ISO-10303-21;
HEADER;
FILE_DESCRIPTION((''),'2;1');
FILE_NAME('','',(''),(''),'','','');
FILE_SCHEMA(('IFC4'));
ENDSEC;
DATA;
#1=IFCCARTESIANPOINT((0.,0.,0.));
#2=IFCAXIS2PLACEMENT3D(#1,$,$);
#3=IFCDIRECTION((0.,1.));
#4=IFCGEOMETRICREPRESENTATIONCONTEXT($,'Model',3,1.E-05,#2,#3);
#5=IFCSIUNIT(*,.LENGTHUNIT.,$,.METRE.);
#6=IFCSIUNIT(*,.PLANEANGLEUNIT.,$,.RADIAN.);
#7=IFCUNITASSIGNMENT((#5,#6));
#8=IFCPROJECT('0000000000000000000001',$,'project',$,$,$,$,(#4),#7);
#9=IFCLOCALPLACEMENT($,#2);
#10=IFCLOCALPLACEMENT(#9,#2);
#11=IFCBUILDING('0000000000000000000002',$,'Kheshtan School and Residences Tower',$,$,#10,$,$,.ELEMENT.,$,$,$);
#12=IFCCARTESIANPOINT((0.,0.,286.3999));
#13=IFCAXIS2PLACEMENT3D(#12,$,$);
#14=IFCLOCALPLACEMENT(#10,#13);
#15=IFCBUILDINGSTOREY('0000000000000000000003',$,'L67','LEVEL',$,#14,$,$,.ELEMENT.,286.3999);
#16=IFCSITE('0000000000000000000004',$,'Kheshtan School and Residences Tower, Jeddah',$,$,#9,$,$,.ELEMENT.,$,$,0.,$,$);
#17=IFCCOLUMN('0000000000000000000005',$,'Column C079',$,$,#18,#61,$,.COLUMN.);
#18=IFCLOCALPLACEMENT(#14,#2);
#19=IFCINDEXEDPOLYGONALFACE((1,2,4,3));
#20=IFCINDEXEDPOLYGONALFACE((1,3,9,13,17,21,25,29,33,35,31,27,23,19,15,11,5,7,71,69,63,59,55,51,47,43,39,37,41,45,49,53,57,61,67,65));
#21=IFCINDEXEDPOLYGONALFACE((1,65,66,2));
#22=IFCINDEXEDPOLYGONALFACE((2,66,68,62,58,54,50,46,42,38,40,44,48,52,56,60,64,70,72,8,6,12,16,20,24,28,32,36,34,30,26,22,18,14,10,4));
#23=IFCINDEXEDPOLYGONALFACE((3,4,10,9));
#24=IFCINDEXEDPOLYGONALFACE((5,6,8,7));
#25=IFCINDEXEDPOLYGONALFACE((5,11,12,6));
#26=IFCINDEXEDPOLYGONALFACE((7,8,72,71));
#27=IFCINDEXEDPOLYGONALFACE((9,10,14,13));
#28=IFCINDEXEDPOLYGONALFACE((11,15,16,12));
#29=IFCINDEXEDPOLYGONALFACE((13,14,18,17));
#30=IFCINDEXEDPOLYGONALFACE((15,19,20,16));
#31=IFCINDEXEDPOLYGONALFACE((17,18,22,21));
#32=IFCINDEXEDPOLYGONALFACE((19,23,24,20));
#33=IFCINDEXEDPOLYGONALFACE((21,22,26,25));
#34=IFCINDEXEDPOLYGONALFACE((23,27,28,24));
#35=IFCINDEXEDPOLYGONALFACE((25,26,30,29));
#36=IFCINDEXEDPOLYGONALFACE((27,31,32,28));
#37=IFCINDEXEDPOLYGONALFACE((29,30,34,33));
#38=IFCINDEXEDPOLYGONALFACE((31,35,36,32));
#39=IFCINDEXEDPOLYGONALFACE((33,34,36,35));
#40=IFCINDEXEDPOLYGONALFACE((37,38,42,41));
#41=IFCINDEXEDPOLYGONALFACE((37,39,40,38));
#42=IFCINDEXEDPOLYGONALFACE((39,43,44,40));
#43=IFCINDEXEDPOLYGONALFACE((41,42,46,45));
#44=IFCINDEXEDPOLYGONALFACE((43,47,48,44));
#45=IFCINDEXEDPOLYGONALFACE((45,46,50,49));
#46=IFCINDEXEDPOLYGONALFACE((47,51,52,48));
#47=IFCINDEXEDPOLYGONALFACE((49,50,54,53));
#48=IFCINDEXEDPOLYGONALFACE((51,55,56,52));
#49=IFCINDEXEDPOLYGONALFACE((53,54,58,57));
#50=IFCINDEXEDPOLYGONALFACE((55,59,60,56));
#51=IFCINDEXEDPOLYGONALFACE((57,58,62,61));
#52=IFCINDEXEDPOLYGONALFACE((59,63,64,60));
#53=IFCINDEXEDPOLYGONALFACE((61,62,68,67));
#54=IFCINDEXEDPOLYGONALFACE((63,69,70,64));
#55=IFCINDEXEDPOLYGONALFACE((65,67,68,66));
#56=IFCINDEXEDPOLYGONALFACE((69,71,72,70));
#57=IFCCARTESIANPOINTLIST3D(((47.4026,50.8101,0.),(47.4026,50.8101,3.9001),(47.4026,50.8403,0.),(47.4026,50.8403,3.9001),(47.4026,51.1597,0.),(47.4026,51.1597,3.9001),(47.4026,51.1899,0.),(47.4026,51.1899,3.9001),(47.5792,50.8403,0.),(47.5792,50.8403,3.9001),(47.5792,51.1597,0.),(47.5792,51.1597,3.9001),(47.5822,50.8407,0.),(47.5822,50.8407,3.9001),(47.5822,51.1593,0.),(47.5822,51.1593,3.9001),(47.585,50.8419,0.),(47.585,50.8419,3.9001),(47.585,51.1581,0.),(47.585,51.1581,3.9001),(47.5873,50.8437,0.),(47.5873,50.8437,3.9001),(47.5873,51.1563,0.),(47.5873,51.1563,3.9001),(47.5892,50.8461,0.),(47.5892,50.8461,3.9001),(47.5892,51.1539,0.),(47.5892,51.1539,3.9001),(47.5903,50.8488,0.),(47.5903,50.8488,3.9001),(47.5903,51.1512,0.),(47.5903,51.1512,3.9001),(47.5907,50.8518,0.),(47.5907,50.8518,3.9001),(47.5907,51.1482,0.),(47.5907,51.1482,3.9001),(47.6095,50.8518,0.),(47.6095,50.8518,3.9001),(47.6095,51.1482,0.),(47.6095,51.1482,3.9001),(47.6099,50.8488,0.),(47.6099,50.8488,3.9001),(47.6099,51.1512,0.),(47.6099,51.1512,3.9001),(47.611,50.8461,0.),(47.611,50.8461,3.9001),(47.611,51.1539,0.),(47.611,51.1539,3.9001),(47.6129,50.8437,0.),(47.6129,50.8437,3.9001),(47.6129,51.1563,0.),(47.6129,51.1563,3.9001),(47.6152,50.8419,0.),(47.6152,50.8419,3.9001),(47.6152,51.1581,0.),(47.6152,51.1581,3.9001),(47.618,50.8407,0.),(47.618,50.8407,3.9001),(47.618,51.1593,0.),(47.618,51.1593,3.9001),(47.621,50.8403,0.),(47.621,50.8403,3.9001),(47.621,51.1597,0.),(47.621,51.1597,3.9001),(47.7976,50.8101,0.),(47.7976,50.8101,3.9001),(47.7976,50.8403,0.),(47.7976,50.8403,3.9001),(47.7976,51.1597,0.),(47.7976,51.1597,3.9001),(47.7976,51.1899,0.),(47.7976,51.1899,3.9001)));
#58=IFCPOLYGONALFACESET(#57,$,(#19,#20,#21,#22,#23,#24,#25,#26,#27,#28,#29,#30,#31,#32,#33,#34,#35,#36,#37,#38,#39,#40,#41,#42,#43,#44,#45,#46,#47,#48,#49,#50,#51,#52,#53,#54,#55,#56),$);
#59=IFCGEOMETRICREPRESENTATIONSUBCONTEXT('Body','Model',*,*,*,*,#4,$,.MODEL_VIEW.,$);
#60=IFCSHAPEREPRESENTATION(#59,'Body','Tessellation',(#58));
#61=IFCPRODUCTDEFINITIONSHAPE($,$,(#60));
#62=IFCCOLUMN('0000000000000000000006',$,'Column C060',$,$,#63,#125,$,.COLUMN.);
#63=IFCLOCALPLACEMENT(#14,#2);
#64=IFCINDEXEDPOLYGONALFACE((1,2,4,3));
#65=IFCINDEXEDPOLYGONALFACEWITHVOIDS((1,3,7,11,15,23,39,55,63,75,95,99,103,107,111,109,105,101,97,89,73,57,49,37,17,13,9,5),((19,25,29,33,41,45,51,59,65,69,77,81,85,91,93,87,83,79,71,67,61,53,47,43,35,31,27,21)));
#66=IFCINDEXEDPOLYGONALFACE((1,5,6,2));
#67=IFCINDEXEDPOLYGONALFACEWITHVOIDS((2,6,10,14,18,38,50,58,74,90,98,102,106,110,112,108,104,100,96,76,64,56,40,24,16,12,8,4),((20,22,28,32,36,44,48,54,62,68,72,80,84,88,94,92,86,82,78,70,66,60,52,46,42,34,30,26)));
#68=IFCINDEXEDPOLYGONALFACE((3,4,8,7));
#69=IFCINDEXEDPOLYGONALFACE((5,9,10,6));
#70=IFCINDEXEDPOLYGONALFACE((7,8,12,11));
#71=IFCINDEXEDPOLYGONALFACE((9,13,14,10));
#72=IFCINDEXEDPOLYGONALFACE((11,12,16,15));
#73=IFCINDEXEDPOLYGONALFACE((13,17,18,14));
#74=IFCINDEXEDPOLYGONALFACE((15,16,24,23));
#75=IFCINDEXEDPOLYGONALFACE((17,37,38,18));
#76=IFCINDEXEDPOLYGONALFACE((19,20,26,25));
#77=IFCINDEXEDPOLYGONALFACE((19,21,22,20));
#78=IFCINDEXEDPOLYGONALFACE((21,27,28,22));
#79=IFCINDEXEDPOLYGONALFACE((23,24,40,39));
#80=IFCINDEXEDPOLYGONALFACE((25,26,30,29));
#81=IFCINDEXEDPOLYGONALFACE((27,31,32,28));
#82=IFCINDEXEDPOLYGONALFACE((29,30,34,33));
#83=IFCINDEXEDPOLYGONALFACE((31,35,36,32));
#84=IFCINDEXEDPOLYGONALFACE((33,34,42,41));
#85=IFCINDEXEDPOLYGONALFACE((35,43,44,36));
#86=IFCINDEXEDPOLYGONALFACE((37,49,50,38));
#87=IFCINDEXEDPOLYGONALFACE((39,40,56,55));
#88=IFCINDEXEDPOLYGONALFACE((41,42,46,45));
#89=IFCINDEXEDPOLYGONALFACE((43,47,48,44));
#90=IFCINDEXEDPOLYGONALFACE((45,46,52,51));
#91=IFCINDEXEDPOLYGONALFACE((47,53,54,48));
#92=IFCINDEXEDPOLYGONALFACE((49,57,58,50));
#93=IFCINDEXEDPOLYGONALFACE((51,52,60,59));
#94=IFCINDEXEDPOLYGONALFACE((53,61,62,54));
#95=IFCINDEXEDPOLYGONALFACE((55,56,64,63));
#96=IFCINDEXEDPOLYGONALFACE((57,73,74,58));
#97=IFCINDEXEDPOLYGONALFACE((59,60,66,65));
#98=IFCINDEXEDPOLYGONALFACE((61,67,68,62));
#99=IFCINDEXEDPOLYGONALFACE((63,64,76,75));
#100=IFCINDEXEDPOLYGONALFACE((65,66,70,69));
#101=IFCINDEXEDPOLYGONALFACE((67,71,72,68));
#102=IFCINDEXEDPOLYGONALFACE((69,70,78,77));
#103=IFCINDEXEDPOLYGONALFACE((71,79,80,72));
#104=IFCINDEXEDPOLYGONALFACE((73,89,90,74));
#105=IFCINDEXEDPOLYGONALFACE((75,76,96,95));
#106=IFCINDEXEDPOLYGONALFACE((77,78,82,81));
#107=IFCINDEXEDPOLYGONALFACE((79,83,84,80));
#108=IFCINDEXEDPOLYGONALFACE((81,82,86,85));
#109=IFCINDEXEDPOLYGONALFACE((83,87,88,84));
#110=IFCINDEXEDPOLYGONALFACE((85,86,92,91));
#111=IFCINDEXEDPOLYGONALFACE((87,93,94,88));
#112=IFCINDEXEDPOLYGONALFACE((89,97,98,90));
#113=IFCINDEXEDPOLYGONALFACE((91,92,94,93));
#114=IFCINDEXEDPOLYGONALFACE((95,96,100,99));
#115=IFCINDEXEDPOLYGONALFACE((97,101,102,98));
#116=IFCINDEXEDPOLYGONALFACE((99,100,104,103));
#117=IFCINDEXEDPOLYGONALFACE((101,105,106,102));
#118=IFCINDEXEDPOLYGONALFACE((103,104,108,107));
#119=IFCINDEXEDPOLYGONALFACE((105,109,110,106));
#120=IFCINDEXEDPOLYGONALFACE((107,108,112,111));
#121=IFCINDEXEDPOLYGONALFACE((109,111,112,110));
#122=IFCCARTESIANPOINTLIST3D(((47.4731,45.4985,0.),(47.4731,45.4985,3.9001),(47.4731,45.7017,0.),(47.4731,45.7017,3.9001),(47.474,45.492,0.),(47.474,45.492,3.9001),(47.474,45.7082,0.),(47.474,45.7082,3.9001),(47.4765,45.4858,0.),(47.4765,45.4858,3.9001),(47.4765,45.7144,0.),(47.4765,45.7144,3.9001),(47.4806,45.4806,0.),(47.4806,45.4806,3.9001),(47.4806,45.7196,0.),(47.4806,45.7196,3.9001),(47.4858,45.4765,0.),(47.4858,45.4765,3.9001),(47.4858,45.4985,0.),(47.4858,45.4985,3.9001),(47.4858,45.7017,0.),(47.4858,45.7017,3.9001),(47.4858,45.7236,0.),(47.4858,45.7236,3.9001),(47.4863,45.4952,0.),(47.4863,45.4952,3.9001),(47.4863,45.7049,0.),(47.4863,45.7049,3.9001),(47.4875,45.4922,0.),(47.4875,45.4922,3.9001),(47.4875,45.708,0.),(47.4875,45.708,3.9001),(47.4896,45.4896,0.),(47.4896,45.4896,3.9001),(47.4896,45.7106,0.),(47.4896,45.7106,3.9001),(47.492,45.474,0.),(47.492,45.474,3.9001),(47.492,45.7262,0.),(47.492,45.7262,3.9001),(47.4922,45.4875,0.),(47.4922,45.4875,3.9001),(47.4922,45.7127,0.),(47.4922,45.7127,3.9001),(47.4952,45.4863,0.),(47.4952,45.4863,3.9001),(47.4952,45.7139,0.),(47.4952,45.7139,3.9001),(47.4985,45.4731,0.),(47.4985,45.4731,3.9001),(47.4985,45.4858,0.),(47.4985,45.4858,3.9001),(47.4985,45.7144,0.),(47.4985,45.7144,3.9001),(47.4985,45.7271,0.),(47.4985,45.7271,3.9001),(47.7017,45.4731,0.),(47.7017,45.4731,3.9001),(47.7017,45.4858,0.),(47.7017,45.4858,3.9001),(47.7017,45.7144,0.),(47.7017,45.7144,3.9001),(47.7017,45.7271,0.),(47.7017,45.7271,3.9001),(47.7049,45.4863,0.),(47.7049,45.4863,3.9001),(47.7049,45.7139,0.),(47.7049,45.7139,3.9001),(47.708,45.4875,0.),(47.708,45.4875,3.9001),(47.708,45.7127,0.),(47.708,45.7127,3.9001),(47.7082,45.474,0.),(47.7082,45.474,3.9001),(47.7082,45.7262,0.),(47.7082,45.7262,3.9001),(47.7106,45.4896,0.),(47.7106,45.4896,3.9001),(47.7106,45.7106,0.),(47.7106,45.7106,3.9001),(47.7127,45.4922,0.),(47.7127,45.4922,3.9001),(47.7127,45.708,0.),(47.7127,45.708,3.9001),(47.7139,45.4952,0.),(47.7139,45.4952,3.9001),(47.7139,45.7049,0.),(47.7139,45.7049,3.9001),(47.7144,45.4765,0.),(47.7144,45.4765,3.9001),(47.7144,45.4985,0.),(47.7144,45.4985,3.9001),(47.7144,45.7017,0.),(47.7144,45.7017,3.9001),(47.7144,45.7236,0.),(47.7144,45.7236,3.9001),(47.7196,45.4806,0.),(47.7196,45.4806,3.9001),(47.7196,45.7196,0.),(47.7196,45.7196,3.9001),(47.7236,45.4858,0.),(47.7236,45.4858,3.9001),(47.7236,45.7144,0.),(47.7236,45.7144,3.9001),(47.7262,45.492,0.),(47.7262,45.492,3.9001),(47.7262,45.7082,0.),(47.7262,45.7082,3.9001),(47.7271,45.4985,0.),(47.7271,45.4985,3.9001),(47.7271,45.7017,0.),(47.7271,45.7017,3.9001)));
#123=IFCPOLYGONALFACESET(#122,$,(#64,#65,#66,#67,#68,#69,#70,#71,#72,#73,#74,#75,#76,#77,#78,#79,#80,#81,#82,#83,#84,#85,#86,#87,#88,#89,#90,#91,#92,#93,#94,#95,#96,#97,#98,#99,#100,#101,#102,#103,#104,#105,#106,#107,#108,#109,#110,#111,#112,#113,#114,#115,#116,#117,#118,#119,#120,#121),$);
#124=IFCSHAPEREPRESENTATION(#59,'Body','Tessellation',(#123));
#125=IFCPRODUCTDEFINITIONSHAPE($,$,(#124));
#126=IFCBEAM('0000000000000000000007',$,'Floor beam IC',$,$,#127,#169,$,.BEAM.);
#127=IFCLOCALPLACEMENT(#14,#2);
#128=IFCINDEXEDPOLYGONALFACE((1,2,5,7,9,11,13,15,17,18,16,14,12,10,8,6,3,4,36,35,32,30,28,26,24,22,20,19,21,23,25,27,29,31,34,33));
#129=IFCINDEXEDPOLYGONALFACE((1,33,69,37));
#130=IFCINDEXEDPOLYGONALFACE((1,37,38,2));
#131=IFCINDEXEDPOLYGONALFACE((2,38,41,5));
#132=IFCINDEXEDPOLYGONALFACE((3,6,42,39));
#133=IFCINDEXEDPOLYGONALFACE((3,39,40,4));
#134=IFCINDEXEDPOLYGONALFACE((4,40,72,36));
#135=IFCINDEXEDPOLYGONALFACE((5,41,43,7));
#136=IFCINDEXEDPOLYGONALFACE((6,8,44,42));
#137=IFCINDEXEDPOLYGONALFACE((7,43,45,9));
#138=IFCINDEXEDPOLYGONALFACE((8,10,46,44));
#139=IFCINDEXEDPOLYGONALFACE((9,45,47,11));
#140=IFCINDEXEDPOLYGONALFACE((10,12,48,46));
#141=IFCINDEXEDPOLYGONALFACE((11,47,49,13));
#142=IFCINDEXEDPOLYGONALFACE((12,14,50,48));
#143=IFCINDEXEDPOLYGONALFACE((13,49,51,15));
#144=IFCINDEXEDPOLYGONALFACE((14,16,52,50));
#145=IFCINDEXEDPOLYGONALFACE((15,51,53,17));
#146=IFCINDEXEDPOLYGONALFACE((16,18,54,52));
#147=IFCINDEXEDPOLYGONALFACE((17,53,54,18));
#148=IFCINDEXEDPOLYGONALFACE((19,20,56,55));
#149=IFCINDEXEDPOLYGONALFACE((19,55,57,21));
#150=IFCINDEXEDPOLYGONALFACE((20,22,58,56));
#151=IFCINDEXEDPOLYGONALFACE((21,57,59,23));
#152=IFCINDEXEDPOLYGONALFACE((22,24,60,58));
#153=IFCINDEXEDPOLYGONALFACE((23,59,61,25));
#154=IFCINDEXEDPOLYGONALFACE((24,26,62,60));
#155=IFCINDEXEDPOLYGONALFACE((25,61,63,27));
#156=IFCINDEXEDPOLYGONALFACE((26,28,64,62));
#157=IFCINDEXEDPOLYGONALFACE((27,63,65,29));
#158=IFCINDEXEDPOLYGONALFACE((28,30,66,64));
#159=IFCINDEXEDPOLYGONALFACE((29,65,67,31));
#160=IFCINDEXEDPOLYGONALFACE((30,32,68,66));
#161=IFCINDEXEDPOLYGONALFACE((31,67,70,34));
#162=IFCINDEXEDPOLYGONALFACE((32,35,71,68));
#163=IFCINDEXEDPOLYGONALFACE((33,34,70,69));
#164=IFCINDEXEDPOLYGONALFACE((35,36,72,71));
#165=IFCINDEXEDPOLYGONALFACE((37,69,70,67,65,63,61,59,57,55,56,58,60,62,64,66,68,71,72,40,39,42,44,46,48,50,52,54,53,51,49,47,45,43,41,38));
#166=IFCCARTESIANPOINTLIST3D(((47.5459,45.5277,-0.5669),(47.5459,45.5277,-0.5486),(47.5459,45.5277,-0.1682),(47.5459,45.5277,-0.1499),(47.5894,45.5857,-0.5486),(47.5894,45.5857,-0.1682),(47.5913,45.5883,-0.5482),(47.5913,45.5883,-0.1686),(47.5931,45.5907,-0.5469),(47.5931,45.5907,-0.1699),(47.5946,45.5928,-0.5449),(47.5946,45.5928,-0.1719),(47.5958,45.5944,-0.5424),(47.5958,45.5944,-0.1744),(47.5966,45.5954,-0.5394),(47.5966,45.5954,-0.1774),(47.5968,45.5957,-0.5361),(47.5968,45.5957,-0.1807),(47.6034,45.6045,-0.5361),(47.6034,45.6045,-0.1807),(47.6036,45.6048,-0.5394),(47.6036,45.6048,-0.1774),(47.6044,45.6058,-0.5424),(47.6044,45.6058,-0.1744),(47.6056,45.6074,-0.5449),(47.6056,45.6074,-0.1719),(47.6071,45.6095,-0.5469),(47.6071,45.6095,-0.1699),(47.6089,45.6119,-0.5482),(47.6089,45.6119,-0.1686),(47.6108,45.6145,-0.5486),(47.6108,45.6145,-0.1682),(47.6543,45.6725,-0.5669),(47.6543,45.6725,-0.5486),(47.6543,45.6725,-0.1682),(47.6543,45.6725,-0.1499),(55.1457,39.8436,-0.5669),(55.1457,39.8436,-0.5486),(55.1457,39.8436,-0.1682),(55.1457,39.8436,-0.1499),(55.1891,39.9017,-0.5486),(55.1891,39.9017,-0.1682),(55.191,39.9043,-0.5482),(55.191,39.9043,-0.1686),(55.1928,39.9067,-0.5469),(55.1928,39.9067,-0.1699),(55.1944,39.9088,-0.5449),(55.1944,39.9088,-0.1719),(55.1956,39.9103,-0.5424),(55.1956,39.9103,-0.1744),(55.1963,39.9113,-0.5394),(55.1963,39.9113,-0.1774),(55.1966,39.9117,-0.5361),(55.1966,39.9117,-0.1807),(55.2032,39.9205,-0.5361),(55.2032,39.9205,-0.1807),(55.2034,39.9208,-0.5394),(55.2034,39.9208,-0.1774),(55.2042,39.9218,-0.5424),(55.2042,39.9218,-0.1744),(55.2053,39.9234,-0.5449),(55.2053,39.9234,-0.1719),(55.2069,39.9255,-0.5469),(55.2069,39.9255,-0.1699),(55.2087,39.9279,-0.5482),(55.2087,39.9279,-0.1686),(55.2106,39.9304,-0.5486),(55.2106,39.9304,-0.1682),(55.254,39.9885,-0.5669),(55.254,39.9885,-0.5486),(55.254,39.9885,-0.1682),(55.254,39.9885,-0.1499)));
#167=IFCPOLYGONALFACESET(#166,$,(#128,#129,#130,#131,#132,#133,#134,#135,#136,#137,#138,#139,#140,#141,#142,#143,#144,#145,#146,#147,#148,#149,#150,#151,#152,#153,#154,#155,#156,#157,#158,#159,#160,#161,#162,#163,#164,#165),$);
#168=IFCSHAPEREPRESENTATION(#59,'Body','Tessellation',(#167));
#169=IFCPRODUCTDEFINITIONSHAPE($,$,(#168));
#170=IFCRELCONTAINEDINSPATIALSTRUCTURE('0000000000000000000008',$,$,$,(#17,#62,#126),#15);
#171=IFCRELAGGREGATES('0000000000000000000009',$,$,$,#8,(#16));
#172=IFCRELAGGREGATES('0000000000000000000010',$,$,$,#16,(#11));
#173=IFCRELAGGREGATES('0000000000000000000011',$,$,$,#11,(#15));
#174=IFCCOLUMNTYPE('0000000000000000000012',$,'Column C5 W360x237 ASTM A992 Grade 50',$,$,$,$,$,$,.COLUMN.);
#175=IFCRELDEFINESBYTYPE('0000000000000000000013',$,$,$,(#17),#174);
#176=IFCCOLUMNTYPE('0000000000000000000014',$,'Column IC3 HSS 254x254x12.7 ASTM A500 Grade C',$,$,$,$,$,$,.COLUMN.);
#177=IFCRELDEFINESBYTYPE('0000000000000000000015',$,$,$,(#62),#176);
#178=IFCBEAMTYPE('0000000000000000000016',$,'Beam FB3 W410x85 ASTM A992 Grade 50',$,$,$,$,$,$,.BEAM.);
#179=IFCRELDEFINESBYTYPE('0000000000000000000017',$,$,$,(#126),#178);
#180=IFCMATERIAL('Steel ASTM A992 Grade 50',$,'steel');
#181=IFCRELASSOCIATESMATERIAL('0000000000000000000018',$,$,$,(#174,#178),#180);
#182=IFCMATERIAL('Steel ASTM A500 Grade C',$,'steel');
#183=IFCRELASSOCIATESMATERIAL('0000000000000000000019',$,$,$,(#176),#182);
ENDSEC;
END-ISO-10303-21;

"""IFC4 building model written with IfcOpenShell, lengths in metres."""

from ifc_helpers import new_model, si_unit, direction, frame, origin, origin_2d, place, context, subcontext, project, spatial, hollow_rectangle, i_section, extrude, material, material_profile, profile_set, type_object, element, save


model = new_model("IFC4")

# Units and contexts
model_context = context("Model", 3, precision=1e-05, world=origin(), true_north=direction((0.0, 1.0)))
body_context = subcontext(model_context, "Body", "Model", "MODEL_VIEW")
ifc_project = project(units=[si_unit("LENGTHUNIT", "METRE"), si_unit("PLANEANGLEUNIT", "RADIAN")], contexts=[model_context])

# Site, building, storey
site_placement = place(None, origin())
site = spatial("IfcSite", under=ifc_project, at=site_placement, Name="Kheshtan School and Residences Tower, Jeddah", CompositionType="ELEMENT", RefElevation=0.0)
building_placement = place(site_placement, origin())
building = spatial("IfcBuilding", under=site, at=building_placement, Name="Kheshtan School and Residences Tower", CompositionType="ELEMENT")
storey_placement = place(building_placement, frame((0.0, 0.0, 286.3999)))
storey = spatial("IfcBuildingStorey", under=building, at=storey_placement, Name="L67", Description="LEVEL", CompositionType="ELEMENT", Elevation=286.3999)

# Columns
ifc_material_1 = material(Name="Steel ASTM A992 Grade 50", Category="steel")
ifc_material_profile_1 = material_profile(ifc_material_1, i_section(OverallWidth=0.395, OverallDepth=0.3799, WebThickness=0.0188, FlangeThickness=0.0303, FilletRadius=0.0115, at=origin_2d()), Name="W360x237")
ifc_profile_set_1 = profile_set([ifc_material_profile_1], Name="Steel ASTM A992 Grade 50")
column_type_1 = type_object("IfcColumnType", Name="Column C5 W360x237 ASTM A992 Grade 50", PredefinedType="COLUMN", material=ifc_profile_set_1)
column_1_placement = place(storey_placement, frame((47.6001, 51.0, 0.0), z_axis=(0.0, 0.0, 1.0), x_axis=(1.0, 0.0, 0.0)))
element("IfcColumn", 1, at=column_1_placement, inside=storey, type_object=column_type_1, Name="Column C079", PredefinedType="COLUMN", context=body_context, shape_type="SweptSolid", body=[
    extrude(i_section(OverallWidth=0.395, OverallDepth=0.3799, WebThickness=0.0188, FlangeThickness=0.0303, FilletRadius=0.0115, at=origin_2d()), origin(), (0.0, 0.0, 1.0), 3.9001),
])
ifc_material_2 = material(Name="Steel ASTM A500 Grade C", Category="steel")
ifc_material_profile_2 = material_profile(ifc_material_2, hollow_rectangle(XDim=0.2539, YDim=0.2539, WallThickness=0.0127, InnerFilletRadius=0.0127, OuterFilletRadius=0.0254, at=origin_2d()), Name="HSS 254x254x12.7")
ifc_profile_set_2 = profile_set([ifc_material_profile_2], Name="Steel ASTM A500 Grade C")
column_type_2 = type_object("IfcColumnType", Name="Column IC3 HSS 254x254x12.7 ASTM A500 Grade C", PredefinedType="COLUMN", material=ifc_profile_set_2)
column_2_placement = place(storey_placement, frame((47.6001, 45.6001, 0.0), z_axis=(0.0, 0.0, 1.0), x_axis=(1.0, 0.0, 0.0)))
element("IfcColumn", 2, at=column_2_placement, inside=storey, type_object=column_type_2, Name="Column C060", PredefinedType="COLUMN", context=body_context, shape_type="SweptSolid", body=[
    extrude(hollow_rectangle(XDim=0.2539, YDim=0.2539, WallThickness=0.0127, InnerFilletRadius=0.0127, OuterFilletRadius=0.0254, at=origin_2d()), origin(), (0.0, 0.0, 1.0), 3.9001),
])

# Beam
ifc_material_profile_3 = material_profile(ifc_material_1, i_section(OverallWidth=0.1809, OverallDepth=0.417, WebThickness=0.011, FlangeThickness=0.0183, FilletRadius=0.0125, at=origin_2d()), Name="W410x85")
ifc_profile_set_3 = profile_set([ifc_material_profile_3], Name="Steel ASTM A992 Grade 50")
beam_type_1 = type_object("IfcBeamType", Name="Beam FB3 W410x85 ASTM A992 Grade 50", PredefinedType="BEAM", material=ifc_profile_set_3)
beam_1_placement = place(storey_placement, frame((47.6001, 45.6001, -0.3584), z_axis=(0.800799, -0.598933, 0.0), x_axis=(0.598933, 0.800799, 0.0)))
element("IfcBeam", 3, at=beam_1_placement, inside=storey, type_object=beam_type_1, Name="Floor beam IC", PredefinedType="BEAM", context=body_context, shape_type="SweptSolid", body=[
    extrude(i_section(OverallWidth=0.1809, OverallDepth=0.417, WebThickness=0.011, FlangeThickness=0.0183, FilletRadius=0.0125, at=origin_2d()), origin(), (0.0, 0.0, 1.0), 9.4902),
])

save(model, "model.ifc")
